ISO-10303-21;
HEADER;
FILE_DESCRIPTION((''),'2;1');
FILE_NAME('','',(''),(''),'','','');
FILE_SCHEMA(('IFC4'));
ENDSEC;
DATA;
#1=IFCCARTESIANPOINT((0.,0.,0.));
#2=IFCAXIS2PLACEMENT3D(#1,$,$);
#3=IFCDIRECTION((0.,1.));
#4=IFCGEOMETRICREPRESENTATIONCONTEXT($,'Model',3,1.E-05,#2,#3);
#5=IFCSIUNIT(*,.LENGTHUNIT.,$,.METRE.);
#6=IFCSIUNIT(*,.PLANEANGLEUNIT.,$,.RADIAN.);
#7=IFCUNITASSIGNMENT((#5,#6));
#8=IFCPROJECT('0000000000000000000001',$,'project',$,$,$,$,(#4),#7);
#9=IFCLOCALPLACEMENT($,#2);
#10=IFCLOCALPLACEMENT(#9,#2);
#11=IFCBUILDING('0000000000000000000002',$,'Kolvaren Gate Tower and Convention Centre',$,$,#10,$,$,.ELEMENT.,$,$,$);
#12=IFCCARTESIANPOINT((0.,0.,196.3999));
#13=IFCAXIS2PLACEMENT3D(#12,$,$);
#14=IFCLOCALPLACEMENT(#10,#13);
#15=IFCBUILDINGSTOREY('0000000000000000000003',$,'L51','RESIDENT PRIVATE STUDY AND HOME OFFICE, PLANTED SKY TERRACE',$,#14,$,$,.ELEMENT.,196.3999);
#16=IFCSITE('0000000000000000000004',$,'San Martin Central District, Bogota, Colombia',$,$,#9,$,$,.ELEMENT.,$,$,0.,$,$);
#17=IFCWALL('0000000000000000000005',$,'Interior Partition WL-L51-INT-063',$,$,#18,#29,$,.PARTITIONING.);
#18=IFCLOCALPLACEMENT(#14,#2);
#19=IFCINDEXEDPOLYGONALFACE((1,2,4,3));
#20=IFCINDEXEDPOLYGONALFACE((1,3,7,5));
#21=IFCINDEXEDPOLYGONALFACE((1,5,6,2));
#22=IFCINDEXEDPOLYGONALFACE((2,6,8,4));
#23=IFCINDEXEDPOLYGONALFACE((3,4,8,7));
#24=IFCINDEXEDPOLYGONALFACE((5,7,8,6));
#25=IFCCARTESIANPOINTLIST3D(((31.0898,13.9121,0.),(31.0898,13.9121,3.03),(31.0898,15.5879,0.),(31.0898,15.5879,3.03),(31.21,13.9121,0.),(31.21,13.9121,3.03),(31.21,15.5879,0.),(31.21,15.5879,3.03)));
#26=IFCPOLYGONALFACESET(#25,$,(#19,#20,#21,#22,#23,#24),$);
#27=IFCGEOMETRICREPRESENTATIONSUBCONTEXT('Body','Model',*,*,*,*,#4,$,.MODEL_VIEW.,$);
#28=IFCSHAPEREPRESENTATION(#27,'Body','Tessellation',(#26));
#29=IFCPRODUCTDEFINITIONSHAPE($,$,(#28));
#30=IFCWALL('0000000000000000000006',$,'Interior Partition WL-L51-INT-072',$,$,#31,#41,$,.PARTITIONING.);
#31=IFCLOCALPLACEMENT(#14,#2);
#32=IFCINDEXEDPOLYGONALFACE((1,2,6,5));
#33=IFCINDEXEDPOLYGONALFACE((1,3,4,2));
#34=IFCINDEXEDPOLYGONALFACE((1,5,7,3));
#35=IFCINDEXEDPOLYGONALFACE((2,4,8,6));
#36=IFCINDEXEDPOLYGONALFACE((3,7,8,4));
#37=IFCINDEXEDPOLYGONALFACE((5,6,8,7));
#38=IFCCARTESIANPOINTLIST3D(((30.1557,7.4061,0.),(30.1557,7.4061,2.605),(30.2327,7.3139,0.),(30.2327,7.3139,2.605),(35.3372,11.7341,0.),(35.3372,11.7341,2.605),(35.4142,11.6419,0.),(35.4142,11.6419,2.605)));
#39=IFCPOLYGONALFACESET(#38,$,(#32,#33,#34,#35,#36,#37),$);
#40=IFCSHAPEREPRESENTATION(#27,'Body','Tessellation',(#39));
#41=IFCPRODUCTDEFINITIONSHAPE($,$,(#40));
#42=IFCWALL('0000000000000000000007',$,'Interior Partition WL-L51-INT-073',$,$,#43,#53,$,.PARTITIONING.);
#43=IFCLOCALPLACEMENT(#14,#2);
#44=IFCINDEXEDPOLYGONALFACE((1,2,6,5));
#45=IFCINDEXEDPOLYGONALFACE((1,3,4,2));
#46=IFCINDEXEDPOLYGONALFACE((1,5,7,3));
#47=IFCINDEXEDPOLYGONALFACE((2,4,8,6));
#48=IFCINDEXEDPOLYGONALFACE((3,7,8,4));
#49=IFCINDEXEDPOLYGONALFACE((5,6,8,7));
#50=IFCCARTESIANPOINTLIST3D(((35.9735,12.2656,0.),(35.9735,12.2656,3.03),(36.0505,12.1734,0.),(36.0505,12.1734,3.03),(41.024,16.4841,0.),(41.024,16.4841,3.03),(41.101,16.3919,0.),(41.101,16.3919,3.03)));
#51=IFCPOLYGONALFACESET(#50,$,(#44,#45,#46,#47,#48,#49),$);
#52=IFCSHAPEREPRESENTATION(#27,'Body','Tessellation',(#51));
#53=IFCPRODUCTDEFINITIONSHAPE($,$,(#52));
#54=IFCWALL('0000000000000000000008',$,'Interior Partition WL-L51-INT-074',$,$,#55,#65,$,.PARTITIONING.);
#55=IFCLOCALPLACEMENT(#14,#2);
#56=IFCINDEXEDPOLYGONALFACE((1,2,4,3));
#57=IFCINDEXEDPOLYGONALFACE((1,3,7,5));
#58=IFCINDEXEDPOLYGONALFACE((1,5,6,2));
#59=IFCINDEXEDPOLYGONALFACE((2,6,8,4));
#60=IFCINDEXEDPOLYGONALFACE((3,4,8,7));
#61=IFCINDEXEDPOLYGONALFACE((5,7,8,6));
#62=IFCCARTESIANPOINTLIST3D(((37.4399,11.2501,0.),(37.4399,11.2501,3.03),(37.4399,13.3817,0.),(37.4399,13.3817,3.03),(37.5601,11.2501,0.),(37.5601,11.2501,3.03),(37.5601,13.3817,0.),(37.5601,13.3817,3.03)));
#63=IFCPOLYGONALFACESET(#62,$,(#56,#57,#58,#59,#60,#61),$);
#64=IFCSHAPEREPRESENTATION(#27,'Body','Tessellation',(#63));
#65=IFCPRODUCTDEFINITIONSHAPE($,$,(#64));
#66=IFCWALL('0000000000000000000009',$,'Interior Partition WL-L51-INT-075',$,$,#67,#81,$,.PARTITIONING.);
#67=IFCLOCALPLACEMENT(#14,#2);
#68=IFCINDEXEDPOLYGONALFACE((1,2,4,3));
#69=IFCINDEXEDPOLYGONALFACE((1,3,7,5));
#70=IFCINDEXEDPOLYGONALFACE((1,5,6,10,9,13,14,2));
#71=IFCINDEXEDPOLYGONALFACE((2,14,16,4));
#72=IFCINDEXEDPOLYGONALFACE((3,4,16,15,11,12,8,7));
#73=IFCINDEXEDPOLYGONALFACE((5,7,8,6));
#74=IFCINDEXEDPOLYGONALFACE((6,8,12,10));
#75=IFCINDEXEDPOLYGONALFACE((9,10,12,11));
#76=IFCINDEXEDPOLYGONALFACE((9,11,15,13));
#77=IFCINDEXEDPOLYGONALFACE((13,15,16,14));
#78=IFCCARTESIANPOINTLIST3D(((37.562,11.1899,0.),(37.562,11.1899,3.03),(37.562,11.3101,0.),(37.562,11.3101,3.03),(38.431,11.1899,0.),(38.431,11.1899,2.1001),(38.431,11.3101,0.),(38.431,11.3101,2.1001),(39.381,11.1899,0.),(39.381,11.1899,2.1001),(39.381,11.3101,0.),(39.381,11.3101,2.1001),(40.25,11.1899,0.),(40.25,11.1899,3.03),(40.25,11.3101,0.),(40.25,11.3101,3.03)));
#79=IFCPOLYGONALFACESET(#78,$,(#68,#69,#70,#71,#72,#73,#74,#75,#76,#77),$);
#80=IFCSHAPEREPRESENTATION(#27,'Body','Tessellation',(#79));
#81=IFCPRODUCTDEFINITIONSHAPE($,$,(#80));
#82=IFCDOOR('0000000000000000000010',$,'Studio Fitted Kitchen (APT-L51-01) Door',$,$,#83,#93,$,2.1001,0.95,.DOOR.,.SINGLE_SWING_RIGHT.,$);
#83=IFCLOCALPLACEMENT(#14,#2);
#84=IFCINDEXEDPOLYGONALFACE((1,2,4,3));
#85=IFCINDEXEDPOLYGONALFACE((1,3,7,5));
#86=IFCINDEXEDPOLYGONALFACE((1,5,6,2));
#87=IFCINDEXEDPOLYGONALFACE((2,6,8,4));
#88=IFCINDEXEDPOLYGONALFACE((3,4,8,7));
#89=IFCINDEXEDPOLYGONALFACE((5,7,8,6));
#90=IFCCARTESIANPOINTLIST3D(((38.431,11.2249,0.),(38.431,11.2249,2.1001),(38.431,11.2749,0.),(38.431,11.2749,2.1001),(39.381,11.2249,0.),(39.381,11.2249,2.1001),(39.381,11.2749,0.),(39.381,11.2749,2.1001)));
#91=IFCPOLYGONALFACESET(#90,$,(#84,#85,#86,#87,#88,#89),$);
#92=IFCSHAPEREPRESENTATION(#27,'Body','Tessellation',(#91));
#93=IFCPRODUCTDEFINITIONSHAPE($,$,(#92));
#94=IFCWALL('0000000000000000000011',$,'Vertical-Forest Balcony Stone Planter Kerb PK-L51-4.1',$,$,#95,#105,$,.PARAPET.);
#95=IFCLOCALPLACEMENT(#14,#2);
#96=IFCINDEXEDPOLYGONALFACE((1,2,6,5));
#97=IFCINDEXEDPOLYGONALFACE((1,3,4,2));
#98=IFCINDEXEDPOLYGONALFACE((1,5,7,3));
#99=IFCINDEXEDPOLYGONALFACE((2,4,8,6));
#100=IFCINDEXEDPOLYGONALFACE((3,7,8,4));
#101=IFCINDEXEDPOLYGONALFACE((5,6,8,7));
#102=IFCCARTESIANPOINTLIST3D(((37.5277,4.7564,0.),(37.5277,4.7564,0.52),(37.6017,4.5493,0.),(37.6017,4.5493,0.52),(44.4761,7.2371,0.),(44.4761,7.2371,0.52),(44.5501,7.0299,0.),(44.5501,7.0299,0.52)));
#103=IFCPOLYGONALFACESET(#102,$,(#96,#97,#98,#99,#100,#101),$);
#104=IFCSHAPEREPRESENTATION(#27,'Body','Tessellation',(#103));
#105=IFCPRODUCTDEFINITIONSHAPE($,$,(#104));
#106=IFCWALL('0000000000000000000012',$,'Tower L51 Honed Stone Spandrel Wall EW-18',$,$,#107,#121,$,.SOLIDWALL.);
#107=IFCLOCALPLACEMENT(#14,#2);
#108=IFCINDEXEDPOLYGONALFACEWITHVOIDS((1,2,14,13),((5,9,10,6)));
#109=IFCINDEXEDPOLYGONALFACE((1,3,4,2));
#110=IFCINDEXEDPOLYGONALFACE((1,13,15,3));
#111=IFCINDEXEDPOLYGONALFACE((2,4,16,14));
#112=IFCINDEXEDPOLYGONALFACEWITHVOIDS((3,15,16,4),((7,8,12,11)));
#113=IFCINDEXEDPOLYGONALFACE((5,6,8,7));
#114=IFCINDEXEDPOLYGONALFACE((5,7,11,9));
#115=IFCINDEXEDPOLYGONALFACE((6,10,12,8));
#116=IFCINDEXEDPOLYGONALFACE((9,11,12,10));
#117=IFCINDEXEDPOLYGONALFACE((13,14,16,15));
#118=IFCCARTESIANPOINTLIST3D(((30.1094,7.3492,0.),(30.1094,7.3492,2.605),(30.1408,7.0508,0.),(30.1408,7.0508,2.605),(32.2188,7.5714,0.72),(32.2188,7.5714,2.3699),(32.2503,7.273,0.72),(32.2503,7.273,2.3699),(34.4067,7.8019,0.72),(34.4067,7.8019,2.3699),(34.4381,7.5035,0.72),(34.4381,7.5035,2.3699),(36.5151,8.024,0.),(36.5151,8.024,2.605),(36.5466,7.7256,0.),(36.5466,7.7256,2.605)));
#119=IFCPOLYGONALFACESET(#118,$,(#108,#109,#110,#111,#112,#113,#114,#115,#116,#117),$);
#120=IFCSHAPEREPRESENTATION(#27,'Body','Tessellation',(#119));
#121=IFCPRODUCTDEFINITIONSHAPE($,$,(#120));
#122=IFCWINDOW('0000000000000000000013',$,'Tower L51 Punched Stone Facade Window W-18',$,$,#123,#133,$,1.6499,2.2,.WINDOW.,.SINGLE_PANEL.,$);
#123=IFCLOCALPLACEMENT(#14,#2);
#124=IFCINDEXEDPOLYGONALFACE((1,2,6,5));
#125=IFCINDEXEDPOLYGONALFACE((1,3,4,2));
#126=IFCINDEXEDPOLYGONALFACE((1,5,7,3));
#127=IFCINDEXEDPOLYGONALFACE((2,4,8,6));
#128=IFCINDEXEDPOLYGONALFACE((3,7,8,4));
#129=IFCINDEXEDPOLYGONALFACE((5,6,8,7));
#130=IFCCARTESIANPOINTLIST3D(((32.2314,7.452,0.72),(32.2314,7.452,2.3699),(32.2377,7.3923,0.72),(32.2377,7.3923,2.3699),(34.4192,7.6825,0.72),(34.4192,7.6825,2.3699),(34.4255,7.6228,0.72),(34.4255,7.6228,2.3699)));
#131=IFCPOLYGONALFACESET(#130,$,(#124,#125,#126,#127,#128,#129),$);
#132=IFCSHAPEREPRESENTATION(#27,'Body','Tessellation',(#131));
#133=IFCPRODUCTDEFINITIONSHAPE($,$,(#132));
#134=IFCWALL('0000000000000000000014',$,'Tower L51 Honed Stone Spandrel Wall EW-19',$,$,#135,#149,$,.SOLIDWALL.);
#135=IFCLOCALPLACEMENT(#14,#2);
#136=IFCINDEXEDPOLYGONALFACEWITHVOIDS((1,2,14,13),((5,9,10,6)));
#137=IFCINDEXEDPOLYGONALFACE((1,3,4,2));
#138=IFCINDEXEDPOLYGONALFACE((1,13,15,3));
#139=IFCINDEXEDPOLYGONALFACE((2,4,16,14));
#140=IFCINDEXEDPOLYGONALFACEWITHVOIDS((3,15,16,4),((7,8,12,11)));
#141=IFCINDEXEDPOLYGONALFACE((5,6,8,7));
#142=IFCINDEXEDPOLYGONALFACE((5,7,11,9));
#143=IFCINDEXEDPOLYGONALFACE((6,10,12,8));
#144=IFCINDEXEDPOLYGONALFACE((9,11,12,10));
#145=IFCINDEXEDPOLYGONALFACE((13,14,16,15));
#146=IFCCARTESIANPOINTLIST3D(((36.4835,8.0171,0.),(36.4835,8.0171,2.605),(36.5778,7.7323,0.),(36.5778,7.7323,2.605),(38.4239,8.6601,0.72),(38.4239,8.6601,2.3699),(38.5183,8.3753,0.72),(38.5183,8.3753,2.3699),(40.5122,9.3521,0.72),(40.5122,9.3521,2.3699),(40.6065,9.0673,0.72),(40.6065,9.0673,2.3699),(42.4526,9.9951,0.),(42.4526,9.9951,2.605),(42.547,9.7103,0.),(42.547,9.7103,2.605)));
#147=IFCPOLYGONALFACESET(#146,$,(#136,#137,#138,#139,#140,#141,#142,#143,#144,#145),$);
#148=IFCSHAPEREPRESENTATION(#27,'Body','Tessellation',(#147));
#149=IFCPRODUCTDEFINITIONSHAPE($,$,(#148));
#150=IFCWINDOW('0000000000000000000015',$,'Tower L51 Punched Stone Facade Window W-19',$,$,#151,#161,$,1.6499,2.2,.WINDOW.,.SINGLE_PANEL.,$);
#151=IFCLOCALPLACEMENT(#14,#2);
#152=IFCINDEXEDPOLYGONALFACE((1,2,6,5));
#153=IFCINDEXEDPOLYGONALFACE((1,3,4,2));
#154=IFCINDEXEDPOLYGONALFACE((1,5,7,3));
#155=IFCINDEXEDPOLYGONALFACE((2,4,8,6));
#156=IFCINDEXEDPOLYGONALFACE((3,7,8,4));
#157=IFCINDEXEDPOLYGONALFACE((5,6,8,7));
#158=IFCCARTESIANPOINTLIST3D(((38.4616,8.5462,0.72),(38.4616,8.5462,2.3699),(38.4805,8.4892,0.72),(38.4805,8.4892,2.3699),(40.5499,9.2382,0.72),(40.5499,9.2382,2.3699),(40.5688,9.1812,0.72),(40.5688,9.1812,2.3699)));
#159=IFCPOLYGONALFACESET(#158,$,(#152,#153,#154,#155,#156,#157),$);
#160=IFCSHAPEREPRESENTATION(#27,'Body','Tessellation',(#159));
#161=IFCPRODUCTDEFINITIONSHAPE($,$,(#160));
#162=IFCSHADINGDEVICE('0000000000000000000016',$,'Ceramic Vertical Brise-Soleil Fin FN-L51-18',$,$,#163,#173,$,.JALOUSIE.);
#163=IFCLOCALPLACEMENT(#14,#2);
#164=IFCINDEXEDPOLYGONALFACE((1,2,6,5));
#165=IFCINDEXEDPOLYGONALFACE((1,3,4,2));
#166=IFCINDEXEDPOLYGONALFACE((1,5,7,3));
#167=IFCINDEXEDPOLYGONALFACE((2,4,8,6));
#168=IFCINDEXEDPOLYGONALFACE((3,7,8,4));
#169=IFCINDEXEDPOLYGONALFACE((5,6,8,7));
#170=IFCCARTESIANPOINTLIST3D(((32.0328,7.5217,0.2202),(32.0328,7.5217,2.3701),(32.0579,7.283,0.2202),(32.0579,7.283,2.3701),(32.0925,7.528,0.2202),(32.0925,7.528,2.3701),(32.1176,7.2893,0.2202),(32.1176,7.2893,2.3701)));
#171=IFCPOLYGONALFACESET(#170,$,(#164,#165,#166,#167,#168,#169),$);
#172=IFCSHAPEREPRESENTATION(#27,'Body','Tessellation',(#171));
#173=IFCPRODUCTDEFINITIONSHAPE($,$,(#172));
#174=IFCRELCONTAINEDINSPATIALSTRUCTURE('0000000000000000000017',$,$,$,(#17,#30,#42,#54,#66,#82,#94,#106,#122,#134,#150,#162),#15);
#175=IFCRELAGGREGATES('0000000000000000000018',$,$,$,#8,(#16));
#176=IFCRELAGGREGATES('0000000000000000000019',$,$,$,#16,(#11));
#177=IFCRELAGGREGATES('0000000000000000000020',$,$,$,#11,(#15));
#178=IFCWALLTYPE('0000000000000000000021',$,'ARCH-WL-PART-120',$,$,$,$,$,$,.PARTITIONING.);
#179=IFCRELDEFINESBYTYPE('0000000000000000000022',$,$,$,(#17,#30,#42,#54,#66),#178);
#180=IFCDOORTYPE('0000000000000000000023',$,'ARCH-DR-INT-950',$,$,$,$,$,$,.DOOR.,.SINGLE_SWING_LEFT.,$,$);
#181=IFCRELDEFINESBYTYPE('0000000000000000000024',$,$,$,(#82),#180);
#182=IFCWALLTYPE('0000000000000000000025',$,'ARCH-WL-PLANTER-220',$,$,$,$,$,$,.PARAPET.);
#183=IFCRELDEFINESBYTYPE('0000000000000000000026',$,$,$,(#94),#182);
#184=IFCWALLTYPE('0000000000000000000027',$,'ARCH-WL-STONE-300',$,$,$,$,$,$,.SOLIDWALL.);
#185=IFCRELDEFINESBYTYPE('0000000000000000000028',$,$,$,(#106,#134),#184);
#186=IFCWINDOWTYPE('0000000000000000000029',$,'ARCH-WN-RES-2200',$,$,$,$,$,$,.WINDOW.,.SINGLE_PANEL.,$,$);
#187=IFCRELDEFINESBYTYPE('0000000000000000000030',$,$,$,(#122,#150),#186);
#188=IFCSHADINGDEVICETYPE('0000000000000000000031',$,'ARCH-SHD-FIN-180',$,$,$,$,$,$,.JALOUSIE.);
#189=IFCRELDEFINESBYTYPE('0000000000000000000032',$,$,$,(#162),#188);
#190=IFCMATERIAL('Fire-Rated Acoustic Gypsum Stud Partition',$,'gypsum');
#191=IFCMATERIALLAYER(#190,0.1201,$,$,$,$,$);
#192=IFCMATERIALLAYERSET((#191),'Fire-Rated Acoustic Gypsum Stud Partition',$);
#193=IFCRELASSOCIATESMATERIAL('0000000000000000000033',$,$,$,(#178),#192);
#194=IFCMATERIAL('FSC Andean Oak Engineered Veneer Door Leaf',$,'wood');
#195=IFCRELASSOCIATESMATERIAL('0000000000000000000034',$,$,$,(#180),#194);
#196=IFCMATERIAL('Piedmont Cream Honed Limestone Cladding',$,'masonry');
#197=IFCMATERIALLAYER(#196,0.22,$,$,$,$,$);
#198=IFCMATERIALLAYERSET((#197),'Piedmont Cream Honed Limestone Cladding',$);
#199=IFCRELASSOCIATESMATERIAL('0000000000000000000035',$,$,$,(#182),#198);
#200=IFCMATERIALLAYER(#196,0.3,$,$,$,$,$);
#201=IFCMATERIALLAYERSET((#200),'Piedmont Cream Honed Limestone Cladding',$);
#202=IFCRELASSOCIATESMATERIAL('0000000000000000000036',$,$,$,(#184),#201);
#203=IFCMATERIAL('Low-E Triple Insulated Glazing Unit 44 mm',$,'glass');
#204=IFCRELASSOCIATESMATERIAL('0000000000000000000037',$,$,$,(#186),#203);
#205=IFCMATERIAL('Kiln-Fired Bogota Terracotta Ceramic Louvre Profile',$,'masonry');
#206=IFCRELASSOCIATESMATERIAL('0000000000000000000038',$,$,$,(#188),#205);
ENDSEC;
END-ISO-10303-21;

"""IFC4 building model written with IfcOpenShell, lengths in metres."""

from ifc_helpers import new_model, si_unit, direction, frame, frame_2d, origin, origin_2d, place, context, subcontext, project, spatial, rectangle, extrude, material, layer, layer_set, type_object, element, fill, save


model = new_model("IFC4")

# Units and contexts
model_context = context("Model", 3, precision=1e-05, world=origin(), true_north=direction((0.0, 1.0)))
body_context = subcontext(model_context, "Body", "Model", "MODEL_VIEW")
ifc_project = project(units=[si_unit("LENGTHUNIT", "METRE"), si_unit("PLANEANGLEUNIT", "RADIAN")], contexts=[model_context])

# Site, building, storey
site_placement = place(None, origin())
site = spatial("IfcSite", under=ifc_project, at=site_placement, Name="San Martin Central District, Bogota, Colombia", CompositionType="ELEMENT", RefElevation=0.0)
building_placement = place(site_placement, origin())
building = spatial("IfcBuilding", under=site, at=building_placement, Name="Kolvaren Gate Tower and Convention Centre", CompositionType="ELEMENT")
storey_placement = place(building_placement, frame((0.0, 0.0, 196.3999)))
storey = spatial("IfcBuildingStorey", under=building, at=storey_placement, Name="L51", Description="RESIDENT PRIVATE STUDY AND HOME OFFICE, PLANTED SKY TERRACE", CompositionType="ELEMENT", Elevation=196.3999)

# Shared definitions
ifc_material_1 = material(Name="Fire-Rated Acoustic Gypsum Stud Partition", Category="gypsum")
ifc_layer_1 = layer(ifc_material_1, 0.1201)
ifc_layer_set_1 = layer_set([ifc_layer_1], Name="Fire-Rated Acoustic Gypsum Stud Partition")
wall_type_1 = type_object("IfcWallType", Name="ARCH-WL-PART-120", PredefinedType="PARTITIONING", material=ifc_layer_set_1)

# Walls
wall_1_placement = place(storey_placement, frame((31.1499, 13.9121, 0.0), z_axis=(0.0, 0.0, 1.0), x_axis=(0.0, 1.0, 0.0)))
element("IfcWall", 1, at=wall_1_placement, inside=storey, type_object=wall_type_1, Name="Interior Partition WL-L51-INT-063", PredefinedType="PARTITIONING", context=body_context, shape_type="SweptSolid", body=[
    extrude(rectangle(XDim=1.6758, YDim=0.1201, at=frame_2d((0.8379, 0.0))), origin(), (0.0, 0.0, 1.0), 3.03),
])
wall_2_placement = place(storey_placement, frame((30.1943, 7.3601, 0.0), z_axis=(0.0, 0.0, 1.0), x_axis=(0.767489, 0.641063, 0.0)))
element("IfcWall", 2, at=wall_2_placement, inside=storey, type_object=wall_type_1, Name="Interior Partition WL-L51-INT-072", PredefinedType="PARTITIONING", context=body_context, shape_type="SweptSolid", body=[
    extrude(rectangle(XDim=6.7512, YDim=0.1201, at=frame_2d((3.3755, 0.0))), origin(), (0.0, 0.0, 1.0), 2.605),
])
wall_3_placement = place(storey_placement, frame((36.012, 12.2195, 0.0), z_axis=(0.0, 0.0, 1.0), x_axis=(0.767494, 0.641056, 0.0)))
element("IfcWall", 3, at=wall_3_placement, inside=storey, type_object=wall_type_1, Name="Interior Partition WL-L51-INT-073", PredefinedType="PARTITIONING", context=body_context, shape_type="SweptSolid", body=[
    extrude(rectangle(XDim=6.5806, YDim=0.1201, at=frame_2d((3.2903, 0.0))), origin(), (0.0, 0.0, 1.0), 3.03),
])
wall_4_placement = place(storey_placement, frame((37.5, 11.25, 0.0), z_axis=(0.0, 0.0, 1.0), x_axis=(0.0, 1.0, 0.0)))
element("IfcWall", 4, at=wall_4_placement, inside=storey, type_object=wall_type_1, Name="Interior Partition WL-L51-INT-074", PredefinedType="PARTITIONING", context=body_context, shape_type="SweptSolid", body=[
    extrude(rectangle(XDim=2.1316, YDim=0.1201, at=frame_2d((1.0659, 0.0))), origin(), (0.0, 0.0, 1.0), 3.03),
])

# Wall, opening, door
wall_5_placement = place(storey_placement, frame((37.562, 11.25, 0.0), z_axis=(0.0, 0.0, 1.0), x_axis=(1.0, 0.0, 0.0)))
wall_5 = element("IfcWall", 5, at=wall_5_placement, inside=storey, type_object=wall_type_1, Name="Interior Partition WL-L51-INT-075", PredefinedType="PARTITIONING", context=body_context, shape_type="SweptSolid", body=[
    extrude(rectangle(XDim=2.688, YDim=0.1201, at=frame_2d((1.344, 0.0))), origin(), (0.0, 0.0, 1.0), 3.03),
])
opening_1_placement = place(wall_5_placement, frame((0.8689, 0.0, 0.0)))
opening_1 = element("IfcOpeningElement", 6, at=opening_1_placement, cuts=wall_5, PredefinedType="OPENING", context=body_context, shape_type="SweptSolid", body=[
    extrude(rectangle(XDim=0.95, YDim=2.1001, at=frame_2d((0.4751, 1.05))), frame((0.0, 0.0701, 0.0), z_axis=(0.0, -1.0, 0.0), x_axis=(1.0, 0.0, 0.0)), (0.0, 0.0, 1.0), 0.1401),
])
ifc_material_2 = material(Name="FSC Andean Oak Engineered Veneer Door Leaf", Category="wood")
door_type_1 = type_object("IfcDoorType", Name="ARCH-DR-INT-950", OperationType="SINGLE_SWING_LEFT", PredefinedType="DOOR", material=ifc_material_2)
door_1_placement = place(opening_1_placement, origin())
door_1 = element("IfcDoor", 7, at=door_1_placement, inside=storey, type_object=door_type_1, Name="Studio Fitted Kitchen (APT-L51-01) Door", OperationType="SINGLE_SWING_RIGHT", OverallHeight=2.1001, OverallWidth=0.95, PredefinedType="DOOR", context=body_context, shape_type="SweptSolid", body=[
    extrude(rectangle(XDim=0.95, YDim=2.1001, at=frame_2d((0.4751, 1.05))), frame((0.0, 0.0249, 0.0), z_axis=(0.0, -1.0, 0.0), x_axis=(1.0, 0.0, 0.0)), (0.0, 0.0, 1.0), 0.05),
])
fill(opening_1, door_1)

# Wall
ifc_material_3 = material(Name="Piedmont Cream Honed Limestone Cladding", Category="masonry")
ifc_layer_2 = layer(ifc_material_3, 0.22)
ifc_layer_set_2 = layer_set([ifc_layer_2], Name="Piedmont Cream Honed Limestone Cladding")
wall_type_2 = type_object("IfcWallType", Name="ARCH-WL-PLANTER-220", PredefinedType="PARAPET", material=ifc_layer_set_2)
wall_6_placement = place(storey_placement, frame((37.5647, 4.6528, 0.0), z_axis=(0.0, 0.0, 1.0), x_axis=(0.94178, 0.336229, 0.0)))
element("IfcWall", 8, at=wall_6_placement, inside=storey, type_object=wall_type_2, Name="Vertical-Forest Balcony Stone Planter Kerb PK-L51-4.1", PredefinedType="PARAPET", context=body_context, shape_type="SweptSolid", body=[
    extrude(rectangle(XDim=7.3779, YDim=0.22, at=frame_2d((3.689, 0.0))), origin(), (0.0, 0.0, 1.0), 0.52),
])

# Walls, openings, windows
ifc_layer_3 = layer(ifc_material_3, 0.3)
ifc_layer_set_3 = layer_set([ifc_layer_3], Name="Piedmont Cream Honed Limestone Cladding")
wall_type_3 = type_object("IfcWallType", Name="ARCH-WL-STONE-300", PredefinedType="SOLIDWALL", material=ifc_layer_set_3)
wall_7_placement = place(storey_placement, frame((30.125, 7.2, 0.0), z_axis=(0.0, 0.0, 1.0), x_axis=(0.994497, 0.104764, 0.0)))
wall_7 = element("IfcWall", 9, at=wall_7_placement, inside=storey, type_object=wall_type_3, Name="Tower L51 Honed Stone Spandrel Wall EW-18", PredefinedType="SOLIDWALL", context=body_context, shape_type="SweptSolid", body=[
    extrude(rectangle(XDim=6.4412, YDim=0.3, at=frame_2d((3.2207, 0.0))), origin(), (0.0, 0.0, 1.0), 2.605),
])
opening_2_placement = place(wall_7_placement, frame((2.1211, 0.0, 0.72)))
opening_2 = element("IfcOpeningElement", 10, at=opening_2_placement, cuts=wall_7, PredefinedType="OPENING", context=body_context, shape_type="SweptSolid", body=[
    extrude(rectangle(XDim=2.2, YDim=1.6499, at=frame_2d((1.1001, 0.825))), frame((0.0, 0.1599, 0.0), z_axis=(0.0, -1.0, 0.0), x_axis=(1.0, 0.0, 0.0)), (0.0, 0.0, 1.0), 0.3201),
])
ifc_material_4 = material(Name="Low-E Triple Insulated Glazing Unit 44 mm", Category="glass")
window_type = type_object("IfcWindowType", Name="ARCH-WN-RES-2200", PartitioningType="SINGLE_PANEL", PredefinedType="WINDOW", material=ifc_material_4)
window_1_placement = place(opening_2_placement, origin())
window_1 = element("IfcWindow", 11, at=window_1_placement, inside=storey, type_object=window_type, Name="Tower L51 Punched Stone Facade Window W-18", OverallHeight=1.6499, OverallWidth=2.2, PartitioningType="SINGLE_PANEL", PredefinedType="WINDOW", context=body_context, shape_type="SweptSolid", body=[
    extrude(rectangle(XDim=2.2, YDim=1.6499, at=frame_2d((1.1001, 0.825))), frame((0.0, 0.03, 0.0), z_axis=(0.0, -1.0, 0.0), x_axis=(1.0, 0.0, 0.0)), (0.0, 0.0, 1.0), 0.0601),
])
fill(opening_2, window_1)
wall_8_placement = place(storey_placement, frame((36.5308, 7.8748, 0.0), z_axis=(0.0, 0.0, 1.0), x_axis=(0.949241, 0.31455, 0.0)))
wall_8 = element("IfcWall", 12, at=wall_8_placement, inside=storey, type_object=wall_type_3, Name="Tower L51 Honed Stone Spandrel Wall EW-19", PredefinedType="SOLIDWALL", context=body_context, shape_type="SweptSolid", body=[
    extrude(rectangle(XDim=6.2883, YDim=0.3, at=frame_2d((3.144, 0.0))), origin(), (0.0, 0.0, 1.0), 2.605),
])
opening_3_placement = place(wall_8_placement, frame((2.0439, 0.0, 0.72)))
opening_3 = element("IfcOpeningElement", 13, at=opening_3_placement, cuts=wall_8, PredefinedType="OPENING", context=body_context, shape_type="SweptSolid", body=[
    extrude(rectangle(XDim=2.2, YDim=1.6499, at=frame_2d((1.1001, 0.825))), frame((0.0, 0.1599, 0.0), z_axis=(0.0, -1.0, 0.0), x_axis=(1.0, 0.0, 0.0)), (0.0, 0.0, 1.0), 0.3201),
])
window_2_placement = place(opening_3_placement, origin())
window_2 = element("IfcWindow", 14, at=window_2_placement, inside=storey, type_object=window_type, Name="Tower L51 Punched Stone Facade Window W-19", OverallHeight=1.6499, OverallWidth=2.2, PartitioningType="SINGLE_PANEL", PredefinedType="WINDOW", context=body_context, shape_type="SweptSolid", body=[
    extrude(rectangle(XDim=2.2, YDim=1.6499, at=frame_2d((1.1001, 0.825))), frame((0.0, 0.03, 0.0), z_axis=(0.0, -1.0, 0.0), x_axis=(1.0, 0.0, 0.0)), (0.0, 0.0, 1.0), 0.0601),
])
fill(opening_3, window_2)

# Shading device
ifc_material_5 = material(Name="Kiln-Fired Bogota Terracotta Ceramic Louvre Profile", Category="masonry")
shading_device_type = type_object("IfcShadingDeviceType", Name="ARCH-SHD-FIN-180", PredefinedType="JALOUSIE", material=ifc_material_5)
shading_device_placement = place(storey_placement, frame((32.0752, 7.4055, 0.2202), z_axis=(0.0, 0.0, 1.0), x_axis=(0.994499, 0.104747, 0.0)))
element("IfcShadingDevice", 15, at=shading_device_placement, inside=storey, type_object=shading_device_type, Name="Ceramic Vertical Brise-Soleil Fin FN-L51-18", PredefinedType="JALOUSIE", context=body_context, shape_type="SweptSolid", body=[
    extrude(rectangle(XDim=0.0601, YDim=0.24, at=origin_2d()), origin(), (0.0, 0.0, 1.0), 2.1499),
])

save(model, "model.ifc")
